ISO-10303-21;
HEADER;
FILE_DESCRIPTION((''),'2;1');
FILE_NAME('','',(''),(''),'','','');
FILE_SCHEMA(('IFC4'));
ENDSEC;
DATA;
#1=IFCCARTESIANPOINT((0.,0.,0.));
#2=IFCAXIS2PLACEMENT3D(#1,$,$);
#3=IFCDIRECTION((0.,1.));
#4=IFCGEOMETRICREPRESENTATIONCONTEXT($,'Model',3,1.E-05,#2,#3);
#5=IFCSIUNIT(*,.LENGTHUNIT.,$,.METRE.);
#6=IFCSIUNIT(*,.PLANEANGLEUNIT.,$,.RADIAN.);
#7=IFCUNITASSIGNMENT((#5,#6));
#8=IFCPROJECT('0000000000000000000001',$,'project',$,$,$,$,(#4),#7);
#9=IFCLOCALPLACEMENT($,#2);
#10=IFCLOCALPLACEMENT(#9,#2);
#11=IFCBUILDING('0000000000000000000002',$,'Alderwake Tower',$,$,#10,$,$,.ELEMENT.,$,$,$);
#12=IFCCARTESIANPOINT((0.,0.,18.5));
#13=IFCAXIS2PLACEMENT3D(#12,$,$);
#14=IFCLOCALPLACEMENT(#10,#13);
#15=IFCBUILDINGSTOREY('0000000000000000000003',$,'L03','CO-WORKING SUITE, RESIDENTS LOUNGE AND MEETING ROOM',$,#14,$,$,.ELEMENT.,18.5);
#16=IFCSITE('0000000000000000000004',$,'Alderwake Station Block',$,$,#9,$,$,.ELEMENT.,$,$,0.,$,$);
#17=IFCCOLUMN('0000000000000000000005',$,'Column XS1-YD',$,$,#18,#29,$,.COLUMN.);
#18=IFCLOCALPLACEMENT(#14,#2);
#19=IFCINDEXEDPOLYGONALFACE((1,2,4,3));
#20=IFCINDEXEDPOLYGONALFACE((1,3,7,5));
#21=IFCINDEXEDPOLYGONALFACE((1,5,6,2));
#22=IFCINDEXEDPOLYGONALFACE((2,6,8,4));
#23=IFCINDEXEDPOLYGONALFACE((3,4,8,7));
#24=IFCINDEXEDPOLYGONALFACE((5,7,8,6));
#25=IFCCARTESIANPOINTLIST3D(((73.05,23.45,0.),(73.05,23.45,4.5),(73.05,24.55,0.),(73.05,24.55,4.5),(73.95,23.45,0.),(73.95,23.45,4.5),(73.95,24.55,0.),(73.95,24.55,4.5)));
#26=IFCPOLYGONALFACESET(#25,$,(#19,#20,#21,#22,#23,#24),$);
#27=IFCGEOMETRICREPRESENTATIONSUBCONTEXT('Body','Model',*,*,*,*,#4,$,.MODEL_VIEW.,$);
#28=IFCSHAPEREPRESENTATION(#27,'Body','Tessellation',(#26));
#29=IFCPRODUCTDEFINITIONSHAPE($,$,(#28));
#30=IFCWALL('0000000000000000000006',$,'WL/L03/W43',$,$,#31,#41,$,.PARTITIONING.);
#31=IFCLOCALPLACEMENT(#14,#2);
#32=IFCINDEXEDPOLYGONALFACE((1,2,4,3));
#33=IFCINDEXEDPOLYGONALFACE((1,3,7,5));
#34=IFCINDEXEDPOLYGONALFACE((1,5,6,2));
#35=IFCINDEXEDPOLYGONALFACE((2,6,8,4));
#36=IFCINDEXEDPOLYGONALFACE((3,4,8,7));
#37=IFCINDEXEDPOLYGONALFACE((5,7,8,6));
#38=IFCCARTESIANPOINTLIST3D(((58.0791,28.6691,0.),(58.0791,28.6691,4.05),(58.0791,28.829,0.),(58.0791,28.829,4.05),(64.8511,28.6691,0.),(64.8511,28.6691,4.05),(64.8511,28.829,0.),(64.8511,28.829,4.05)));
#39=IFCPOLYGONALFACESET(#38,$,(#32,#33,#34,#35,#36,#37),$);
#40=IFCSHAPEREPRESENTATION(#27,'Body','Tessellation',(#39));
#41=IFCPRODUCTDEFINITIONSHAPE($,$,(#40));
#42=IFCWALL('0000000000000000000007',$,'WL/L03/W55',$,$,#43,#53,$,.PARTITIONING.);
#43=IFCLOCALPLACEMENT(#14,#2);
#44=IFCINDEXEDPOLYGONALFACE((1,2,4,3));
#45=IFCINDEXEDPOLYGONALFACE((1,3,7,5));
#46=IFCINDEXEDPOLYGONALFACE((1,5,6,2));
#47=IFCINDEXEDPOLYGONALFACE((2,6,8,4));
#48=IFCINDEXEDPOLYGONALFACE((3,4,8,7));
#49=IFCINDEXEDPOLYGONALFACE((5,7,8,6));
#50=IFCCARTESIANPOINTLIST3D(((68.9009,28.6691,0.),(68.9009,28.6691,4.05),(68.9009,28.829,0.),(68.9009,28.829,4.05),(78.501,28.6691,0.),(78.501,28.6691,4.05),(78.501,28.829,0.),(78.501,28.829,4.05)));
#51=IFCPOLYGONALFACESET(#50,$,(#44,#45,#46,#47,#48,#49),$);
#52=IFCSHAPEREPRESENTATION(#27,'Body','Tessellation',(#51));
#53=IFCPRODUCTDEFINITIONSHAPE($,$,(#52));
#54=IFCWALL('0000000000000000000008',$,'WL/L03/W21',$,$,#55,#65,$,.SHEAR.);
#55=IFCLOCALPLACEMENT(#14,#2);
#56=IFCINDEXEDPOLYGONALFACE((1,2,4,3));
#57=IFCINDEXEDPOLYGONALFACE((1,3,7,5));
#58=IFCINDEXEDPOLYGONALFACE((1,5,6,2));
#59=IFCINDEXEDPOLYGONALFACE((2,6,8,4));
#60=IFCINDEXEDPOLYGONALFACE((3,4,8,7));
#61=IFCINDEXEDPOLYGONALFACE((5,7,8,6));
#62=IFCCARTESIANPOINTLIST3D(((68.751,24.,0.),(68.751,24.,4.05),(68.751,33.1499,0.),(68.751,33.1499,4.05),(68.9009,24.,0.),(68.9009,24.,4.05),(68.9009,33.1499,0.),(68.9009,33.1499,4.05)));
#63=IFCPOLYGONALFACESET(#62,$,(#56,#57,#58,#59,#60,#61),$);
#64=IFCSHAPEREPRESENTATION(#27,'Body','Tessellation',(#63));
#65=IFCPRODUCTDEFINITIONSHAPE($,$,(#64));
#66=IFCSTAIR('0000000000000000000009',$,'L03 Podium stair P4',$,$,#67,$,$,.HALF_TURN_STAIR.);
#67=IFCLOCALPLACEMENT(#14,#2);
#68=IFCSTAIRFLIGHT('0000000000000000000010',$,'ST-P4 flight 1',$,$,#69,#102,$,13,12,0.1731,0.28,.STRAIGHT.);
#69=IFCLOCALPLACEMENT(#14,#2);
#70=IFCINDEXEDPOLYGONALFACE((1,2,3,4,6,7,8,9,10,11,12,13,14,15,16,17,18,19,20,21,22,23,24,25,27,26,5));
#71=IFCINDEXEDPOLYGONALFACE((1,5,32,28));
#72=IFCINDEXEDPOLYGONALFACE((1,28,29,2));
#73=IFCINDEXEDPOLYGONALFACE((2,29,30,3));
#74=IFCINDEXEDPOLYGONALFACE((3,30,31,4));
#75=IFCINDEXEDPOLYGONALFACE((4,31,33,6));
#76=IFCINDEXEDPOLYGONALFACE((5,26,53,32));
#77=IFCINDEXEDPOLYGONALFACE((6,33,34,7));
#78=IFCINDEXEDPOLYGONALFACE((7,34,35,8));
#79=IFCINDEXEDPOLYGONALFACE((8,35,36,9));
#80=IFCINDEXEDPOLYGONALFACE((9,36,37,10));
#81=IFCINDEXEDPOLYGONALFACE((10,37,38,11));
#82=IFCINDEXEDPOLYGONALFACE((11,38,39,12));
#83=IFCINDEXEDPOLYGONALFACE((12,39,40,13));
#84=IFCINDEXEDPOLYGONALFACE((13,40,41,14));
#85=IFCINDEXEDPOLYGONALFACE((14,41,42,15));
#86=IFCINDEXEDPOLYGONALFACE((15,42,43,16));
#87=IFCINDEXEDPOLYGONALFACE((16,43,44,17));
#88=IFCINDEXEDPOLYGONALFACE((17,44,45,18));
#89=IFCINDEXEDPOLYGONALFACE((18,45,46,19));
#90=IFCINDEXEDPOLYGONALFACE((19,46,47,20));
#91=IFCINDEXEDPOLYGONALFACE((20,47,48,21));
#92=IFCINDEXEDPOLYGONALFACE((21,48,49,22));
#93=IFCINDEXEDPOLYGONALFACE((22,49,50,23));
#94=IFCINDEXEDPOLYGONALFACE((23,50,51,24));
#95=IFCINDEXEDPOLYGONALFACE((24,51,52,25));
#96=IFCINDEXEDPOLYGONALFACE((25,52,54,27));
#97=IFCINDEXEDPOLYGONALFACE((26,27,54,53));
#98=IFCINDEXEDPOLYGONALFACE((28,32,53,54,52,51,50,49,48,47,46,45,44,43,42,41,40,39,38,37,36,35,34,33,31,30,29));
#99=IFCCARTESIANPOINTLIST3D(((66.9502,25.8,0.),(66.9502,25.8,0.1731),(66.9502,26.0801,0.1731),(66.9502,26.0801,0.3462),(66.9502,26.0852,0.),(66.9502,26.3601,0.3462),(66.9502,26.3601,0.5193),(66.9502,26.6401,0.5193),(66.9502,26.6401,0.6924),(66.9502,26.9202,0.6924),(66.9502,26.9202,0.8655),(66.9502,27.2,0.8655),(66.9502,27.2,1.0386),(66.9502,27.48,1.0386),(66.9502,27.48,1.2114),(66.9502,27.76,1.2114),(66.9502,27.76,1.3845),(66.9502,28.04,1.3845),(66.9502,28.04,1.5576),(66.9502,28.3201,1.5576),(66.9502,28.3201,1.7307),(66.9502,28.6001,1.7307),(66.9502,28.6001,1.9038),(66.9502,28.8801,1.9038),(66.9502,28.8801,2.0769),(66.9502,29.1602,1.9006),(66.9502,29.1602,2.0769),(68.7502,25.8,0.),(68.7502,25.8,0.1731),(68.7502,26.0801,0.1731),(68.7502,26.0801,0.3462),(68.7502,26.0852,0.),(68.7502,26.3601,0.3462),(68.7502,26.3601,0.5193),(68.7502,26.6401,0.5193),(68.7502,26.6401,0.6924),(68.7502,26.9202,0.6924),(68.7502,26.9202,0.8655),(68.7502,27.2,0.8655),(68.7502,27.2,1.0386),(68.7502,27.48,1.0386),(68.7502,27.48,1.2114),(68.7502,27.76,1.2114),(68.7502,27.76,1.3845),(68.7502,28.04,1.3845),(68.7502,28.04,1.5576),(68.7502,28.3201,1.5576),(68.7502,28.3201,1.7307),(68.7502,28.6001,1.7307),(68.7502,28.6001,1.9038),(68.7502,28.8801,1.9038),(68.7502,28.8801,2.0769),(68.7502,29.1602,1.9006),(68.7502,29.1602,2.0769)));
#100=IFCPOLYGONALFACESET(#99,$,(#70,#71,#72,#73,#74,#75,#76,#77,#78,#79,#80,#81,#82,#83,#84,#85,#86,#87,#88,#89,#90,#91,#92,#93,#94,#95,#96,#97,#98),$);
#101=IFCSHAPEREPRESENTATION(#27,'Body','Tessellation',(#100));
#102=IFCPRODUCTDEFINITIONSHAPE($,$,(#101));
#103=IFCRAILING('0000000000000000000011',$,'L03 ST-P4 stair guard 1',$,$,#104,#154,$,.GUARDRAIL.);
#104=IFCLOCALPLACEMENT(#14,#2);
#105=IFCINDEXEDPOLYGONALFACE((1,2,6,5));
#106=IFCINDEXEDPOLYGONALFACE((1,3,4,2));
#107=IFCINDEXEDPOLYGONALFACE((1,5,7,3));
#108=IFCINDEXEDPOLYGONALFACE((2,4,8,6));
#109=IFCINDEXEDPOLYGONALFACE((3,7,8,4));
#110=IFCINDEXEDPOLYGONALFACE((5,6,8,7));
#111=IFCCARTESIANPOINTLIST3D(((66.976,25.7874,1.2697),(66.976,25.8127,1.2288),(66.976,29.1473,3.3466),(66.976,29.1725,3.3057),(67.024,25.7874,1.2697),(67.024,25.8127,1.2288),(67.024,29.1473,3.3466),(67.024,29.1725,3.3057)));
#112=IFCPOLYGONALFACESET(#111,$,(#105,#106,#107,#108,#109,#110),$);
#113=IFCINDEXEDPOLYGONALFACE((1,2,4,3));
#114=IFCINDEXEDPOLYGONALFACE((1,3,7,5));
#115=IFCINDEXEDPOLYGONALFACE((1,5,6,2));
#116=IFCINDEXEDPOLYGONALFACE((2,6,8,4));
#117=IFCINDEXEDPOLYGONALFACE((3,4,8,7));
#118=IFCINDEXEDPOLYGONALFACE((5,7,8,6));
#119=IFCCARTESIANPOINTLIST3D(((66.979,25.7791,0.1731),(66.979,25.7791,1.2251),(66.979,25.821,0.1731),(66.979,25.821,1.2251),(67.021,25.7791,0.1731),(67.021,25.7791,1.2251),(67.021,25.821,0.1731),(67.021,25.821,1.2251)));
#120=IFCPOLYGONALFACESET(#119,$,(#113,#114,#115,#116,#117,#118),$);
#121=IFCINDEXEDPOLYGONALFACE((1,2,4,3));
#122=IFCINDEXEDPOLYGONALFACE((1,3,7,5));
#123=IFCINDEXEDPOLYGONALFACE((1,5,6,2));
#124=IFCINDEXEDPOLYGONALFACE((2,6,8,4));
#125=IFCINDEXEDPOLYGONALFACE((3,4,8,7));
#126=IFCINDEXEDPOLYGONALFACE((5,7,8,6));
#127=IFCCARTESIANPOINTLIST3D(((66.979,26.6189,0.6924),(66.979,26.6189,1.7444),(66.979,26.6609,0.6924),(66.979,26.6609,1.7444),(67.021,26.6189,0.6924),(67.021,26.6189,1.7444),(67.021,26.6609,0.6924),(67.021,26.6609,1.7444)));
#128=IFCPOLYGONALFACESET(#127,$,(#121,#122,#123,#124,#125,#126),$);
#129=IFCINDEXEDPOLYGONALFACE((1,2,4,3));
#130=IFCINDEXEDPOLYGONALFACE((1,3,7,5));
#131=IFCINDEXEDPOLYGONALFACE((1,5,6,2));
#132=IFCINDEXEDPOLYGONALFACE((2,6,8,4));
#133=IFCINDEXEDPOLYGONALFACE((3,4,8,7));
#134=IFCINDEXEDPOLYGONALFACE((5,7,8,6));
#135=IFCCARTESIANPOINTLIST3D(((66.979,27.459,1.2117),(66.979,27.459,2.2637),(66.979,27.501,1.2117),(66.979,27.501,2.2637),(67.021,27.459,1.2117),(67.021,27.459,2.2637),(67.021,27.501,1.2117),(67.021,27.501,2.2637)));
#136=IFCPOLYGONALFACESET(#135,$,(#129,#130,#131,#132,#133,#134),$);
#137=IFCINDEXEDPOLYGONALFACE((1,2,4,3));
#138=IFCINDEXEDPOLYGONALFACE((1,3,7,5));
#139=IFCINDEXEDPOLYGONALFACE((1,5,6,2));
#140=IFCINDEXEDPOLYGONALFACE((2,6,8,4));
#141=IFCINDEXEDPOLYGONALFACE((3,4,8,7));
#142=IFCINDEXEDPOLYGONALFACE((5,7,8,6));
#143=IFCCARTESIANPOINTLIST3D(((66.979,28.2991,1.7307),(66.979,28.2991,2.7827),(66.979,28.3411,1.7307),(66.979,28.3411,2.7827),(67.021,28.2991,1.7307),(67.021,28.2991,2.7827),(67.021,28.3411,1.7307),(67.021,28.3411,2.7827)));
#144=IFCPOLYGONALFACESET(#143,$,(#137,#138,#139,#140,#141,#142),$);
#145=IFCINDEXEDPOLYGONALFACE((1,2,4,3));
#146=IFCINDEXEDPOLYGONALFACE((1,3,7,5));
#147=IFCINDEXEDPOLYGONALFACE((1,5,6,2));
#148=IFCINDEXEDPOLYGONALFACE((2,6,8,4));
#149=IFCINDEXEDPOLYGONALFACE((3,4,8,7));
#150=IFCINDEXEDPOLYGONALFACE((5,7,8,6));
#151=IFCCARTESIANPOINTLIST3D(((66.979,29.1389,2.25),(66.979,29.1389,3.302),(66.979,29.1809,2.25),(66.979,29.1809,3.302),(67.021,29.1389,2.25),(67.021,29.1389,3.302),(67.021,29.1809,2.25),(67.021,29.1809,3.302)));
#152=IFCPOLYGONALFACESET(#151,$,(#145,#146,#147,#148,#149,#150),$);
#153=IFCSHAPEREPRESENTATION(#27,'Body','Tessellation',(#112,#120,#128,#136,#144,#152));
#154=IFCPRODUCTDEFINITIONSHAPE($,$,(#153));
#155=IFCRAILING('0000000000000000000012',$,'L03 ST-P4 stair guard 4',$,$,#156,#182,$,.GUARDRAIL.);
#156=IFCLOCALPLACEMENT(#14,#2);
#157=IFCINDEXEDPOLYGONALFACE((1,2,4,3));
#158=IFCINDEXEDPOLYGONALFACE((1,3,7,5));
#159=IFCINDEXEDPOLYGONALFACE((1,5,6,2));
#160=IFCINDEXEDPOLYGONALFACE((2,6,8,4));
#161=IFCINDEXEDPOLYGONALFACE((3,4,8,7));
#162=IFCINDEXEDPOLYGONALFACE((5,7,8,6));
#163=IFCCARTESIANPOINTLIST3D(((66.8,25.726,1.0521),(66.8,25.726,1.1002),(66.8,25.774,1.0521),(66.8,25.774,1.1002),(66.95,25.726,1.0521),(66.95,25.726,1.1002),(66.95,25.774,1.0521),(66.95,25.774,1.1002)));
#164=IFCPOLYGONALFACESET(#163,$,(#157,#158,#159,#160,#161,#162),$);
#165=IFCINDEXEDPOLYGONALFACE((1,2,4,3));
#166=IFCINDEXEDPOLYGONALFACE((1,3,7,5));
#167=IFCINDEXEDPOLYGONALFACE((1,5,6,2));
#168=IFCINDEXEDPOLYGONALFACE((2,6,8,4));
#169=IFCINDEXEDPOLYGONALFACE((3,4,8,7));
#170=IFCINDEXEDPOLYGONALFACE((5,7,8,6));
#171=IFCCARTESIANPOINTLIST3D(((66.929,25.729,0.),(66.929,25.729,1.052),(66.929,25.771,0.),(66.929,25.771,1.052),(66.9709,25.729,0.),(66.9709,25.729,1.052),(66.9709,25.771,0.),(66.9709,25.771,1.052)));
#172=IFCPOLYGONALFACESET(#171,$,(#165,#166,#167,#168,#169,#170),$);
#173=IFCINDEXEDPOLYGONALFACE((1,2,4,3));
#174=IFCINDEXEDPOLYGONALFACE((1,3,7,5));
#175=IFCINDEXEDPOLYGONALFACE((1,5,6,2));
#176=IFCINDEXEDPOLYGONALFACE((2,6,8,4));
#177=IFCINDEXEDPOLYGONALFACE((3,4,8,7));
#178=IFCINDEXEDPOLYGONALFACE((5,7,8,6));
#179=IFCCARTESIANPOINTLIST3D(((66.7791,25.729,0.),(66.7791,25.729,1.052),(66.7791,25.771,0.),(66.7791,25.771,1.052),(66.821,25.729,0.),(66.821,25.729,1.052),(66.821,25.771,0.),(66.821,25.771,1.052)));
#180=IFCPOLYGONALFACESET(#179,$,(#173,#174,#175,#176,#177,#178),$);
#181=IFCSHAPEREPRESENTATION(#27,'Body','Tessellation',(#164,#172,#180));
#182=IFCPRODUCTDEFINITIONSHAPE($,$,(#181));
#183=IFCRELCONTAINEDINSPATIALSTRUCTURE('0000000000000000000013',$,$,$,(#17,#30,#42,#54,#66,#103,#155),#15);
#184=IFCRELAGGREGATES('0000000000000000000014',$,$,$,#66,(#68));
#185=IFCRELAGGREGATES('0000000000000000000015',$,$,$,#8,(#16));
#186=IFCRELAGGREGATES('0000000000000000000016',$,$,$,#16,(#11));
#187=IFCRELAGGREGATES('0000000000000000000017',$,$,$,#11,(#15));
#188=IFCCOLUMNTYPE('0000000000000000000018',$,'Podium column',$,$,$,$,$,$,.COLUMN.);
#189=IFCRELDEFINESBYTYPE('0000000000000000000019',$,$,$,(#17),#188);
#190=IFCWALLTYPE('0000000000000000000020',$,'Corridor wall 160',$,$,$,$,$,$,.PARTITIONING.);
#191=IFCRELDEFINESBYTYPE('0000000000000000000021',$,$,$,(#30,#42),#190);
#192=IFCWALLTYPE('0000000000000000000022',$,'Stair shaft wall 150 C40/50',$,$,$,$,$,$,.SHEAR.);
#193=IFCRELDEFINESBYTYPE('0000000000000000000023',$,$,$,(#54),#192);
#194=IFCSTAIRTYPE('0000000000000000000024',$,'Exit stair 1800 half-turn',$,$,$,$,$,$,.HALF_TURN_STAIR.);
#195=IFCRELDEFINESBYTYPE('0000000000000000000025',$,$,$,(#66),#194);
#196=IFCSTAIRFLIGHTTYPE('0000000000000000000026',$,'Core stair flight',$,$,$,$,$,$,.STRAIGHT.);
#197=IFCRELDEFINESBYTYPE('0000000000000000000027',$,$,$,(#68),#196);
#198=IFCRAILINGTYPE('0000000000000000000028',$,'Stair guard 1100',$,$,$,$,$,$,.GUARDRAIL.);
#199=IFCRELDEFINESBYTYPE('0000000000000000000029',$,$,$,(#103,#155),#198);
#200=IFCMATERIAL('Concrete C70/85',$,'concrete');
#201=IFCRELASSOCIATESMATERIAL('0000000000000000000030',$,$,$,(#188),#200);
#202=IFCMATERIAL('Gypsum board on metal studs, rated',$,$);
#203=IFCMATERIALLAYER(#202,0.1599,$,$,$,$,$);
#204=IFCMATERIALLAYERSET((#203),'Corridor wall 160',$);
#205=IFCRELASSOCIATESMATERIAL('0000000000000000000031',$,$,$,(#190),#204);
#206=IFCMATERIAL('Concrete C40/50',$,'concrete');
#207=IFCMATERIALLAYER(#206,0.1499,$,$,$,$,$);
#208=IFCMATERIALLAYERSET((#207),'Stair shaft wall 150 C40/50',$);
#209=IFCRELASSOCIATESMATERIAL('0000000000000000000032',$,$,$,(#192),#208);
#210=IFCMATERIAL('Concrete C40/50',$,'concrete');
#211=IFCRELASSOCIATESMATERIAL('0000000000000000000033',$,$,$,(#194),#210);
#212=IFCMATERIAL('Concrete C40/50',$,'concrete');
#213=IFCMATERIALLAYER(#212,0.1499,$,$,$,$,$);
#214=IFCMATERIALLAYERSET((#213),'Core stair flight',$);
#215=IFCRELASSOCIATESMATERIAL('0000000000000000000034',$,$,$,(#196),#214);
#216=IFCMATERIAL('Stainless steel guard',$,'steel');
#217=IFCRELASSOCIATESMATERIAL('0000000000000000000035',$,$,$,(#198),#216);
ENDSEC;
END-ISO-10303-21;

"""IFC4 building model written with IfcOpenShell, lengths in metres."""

from ifc_helpers import new_model, si_unit, direction, frame, frame_2d, origin, origin_2d, place, context, subcontext, project, spatial, polyline, rectangle, outline, extrude, material, layer, layer_set, material_profile, profile_set, type_object, element, aggregate, save


model = new_model("IFC4")

# Units and contexts
model_context = context("Model", 3, precision=1e-05, world=origin(), true_north=direction((0.0, 1.0)))
body_context = subcontext(model_context, "Body", "Model", "MODEL_VIEW")
ifc_project = project(units=[si_unit("LENGTHUNIT", "METRE"), si_unit("PLANEANGLEUNIT", "RADIAN")], contexts=[model_context])

# Site, building, storey
site_placement = place(None, origin())
site = spatial("IfcSite", under=ifc_project, at=site_placement, Name="Alderwake Station Block", CompositionType="ELEMENT", RefElevation=0.0)
building_placement = place(site_placement, origin())
building = spatial("IfcBuilding", under=site, at=building_placement, Name="Alderwake Tower", CompositionType="ELEMENT")
storey_placement = place(building_placement, frame((0.0, 0.0, 18.5)))
storey = spatial("IfcBuildingStorey", under=building, at=storey_placement, Name="L03", Description="CO-WORKING SUITE, RESIDENTS LOUNGE AND MEETING ROOM", CompositionType="ELEMENT", Elevation=18.5)

# Column
ifc_material_1 = material(Name="Concrete C70/85", Category="concrete")
ifc_material_profile = material_profile(ifc_material_1, rectangle(XDim=0.8999, YDim=1.1001, at=origin_2d()), Name="RC 1100X900")
ifc_profile_set = profile_set([ifc_material_profile], Name="Concrete C70/85")
column_type = type_object("IfcColumnType", Name="Podium column", PredefinedType="COLUMN", material=ifc_profile_set)
column_placement = place(storey_placement, frame((73.5, 24.0, 0.0), z_axis=(0.0, 0.0, 1.0), x_axis=(1.0, 0.0, 0.0)))
element("IfcColumn", 1, at=column_placement, inside=storey, type_object=column_type, Name="Column XS1-YD", PredefinedType="COLUMN", context=body_context, shape_type="SweptSolid", body=[
    extrude(rectangle(XDim=0.8999, YDim=1.1001, at=origin_2d()), origin(), (0.0, 0.0, 1.0), 4.5),
])

# Walls
ifc_material_2 = material(Name="Gypsum board on metal studs, rated")
ifc_layer_1 = layer(ifc_material_2, 0.1599)
ifc_layer_set_1 = layer_set([ifc_layer_1], Name="Corridor wall 160")
wall_type_1 = type_object("IfcWallType", Name="Corridor wall 160", PredefinedType="PARTITIONING", material=ifc_layer_set_1)
wall_1_placement = place(storey_placement, frame((64.8511, 28.749, 0.0), z_axis=(0.0, 0.0, 1.0), x_axis=(-1.0, 0.0, 0.0)))
element("IfcWall", 2, at=wall_1_placement, inside=storey, type_object=wall_type_1, Name="WL/L03/W43", PredefinedType="PARTITIONING", context=body_context, shape_type="SweptSolid", body=[
    extrude(rectangle(XDim=6.772, YDim=0.1599, at=frame_2d((3.386, 0.0))), origin(), (0.0, 0.0, 1.0), 4.05),
])
wall_2_placement = place(storey_placement, frame((78.501, 28.749, 0.0), z_axis=(0.0, 0.0, 1.0), x_axis=(-1.0, 0.0, 0.0)))
element("IfcWall", 3, at=wall_2_placement, inside=storey, type_object=wall_type_1, Name="WL/L03/W55", PredefinedType="PARTITIONING", context=body_context, shape_type="SweptSolid", body=[
    extrude(rectangle(XDim=9.6001, YDim=0.1599, at=frame_2d((4.8, 0.0))), origin(), (0.0, 0.0, 1.0), 4.05),
])
ifc_material_3 = material(Name="Concrete C40/50", Category="concrete")
ifc_layer_2 = layer(ifc_material_3, 0.1499)
ifc_layer_set_2 = layer_set([ifc_layer_2], Name="Stair shaft wall 150 C40/50")
wall_type_2 = type_object("IfcWallType", Name="Stair shaft wall 150 C40/50", PredefinedType="SHEAR", material=ifc_layer_set_2)
wall_3_placement = place(storey_placement, frame((68.8259, 24.0, 0.0), z_axis=(0.0, 0.0, 1.0), x_axis=(0.0, 1.0, 0.0)))
element("IfcWall", 4, at=wall_3_placement, inside=storey, type_object=wall_type_2, Name="WL/L03/W21", PredefinedType="SHEAR", context=body_context, shape_type="SweptSolid", body=[
    extrude(rectangle(XDim=9.1499, YDim=0.1499, at=frame_2d((4.575, 0.0))), origin(), (0.0, 0.0, 1.0), 4.05),
])

# Stair, stair flight
ifc_material_4 = material(Name="Concrete C40/50", Category="concrete")
stair_type = type_object("IfcStairType", Name="Exit stair 1800 half-turn", PredefinedType="HALF_TURN_STAIR", material=ifc_material_4)
stair_placement = place(storey_placement, origin())
stair = element("IfcStair", 5, at=stair_placement, inside=storey, type_object=stair_type, Name="L03 Podium stair P4", PredefinedType="HALF_TURN_STAIR")
ifc_material_5 = material(Name="Concrete C40/50", Category="concrete")
ifc_layer_3 = layer(ifc_material_5, 0.1499)
ifc_layer_set_3 = layer_set([ifc_layer_3], Name="Core stair flight")
stair_flight_type = type_object("IfcStairFlightType", Name="Core stair flight", PredefinedType="STRAIGHT", material=ifc_layer_set_3)
stair_flight_placement = place(storey_placement, frame((67.8501, 25.8, 0.0), z_axis=(0.0, 0.0, 1.0), x_axis=(0.0, 1.0, 0.0)))
stair_flight = element("IfcStairFlight", 6, at=stair_flight_placement, type_object=stair_flight_type, Name="ST-P4 flight 1", NumberOfRisers=13, NumberOfTreads=12, PredefinedType="STRAIGHT", RiserHeight=0.1731, TreadLength=0.28, context=body_context, shape_type="SweptSolid", body=[
    extrude(outline(polyline([(0.0, 0.0), (0.0, 0.1731), (0.28, 0.1731), (0.28, 0.3462), (0.5601, 0.3462), (0.5601, 0.5193), (0.8401, 0.5193), (0.8401, 0.6924), (1.1201, 0.6924), (1.1201, 0.8655), (1.3999, 0.8655), (1.3999, 1.0386), (1.6799, 1.0386), (1.6799, 1.2114), (1.96, 1.2114), (1.96, 1.3845), (2.24, 1.3845), (2.24, 1.5576), (2.52, 1.5576), (2.52, 1.7307), (2.8, 1.7307), (2.8, 1.9038), (3.0801, 1.9038), (3.0801, 2.0769), (3.3601, 2.0769), (3.3601, 2.25), (3.3601, 1.9006), (0.2852, 0.0), (0.0, 0.0)])), frame((0.0, 0.8999, 0.0), z_axis=(0.0, -1.0, 0.0), x_axis=(1.0, 0.0, 0.0)), (0.0, 0.0, 1.0), 1.8),
])
aggregate(stair, [stair_flight])

# Railings
ifc_material_6 = material(Name="Stainless steel guard", Category="steel")
railing_type_1 = type_object("IfcRailingType", Name="Stair guard 1100", PredefinedType="GUARDRAIL", material=ifc_material_6)
railing_1_placement = place(storey_placement, frame((67.0, 25.8, 0.1731)))
element("IfcRailing", 7, at=railing_1_placement, inside=storey, type_object=railing_type_1, Name="L03 ST-P4 stair guard 1", PredefinedType="GUARDRAIL", context=body_context, shape_type="SweptSolid", body=[
    extrude(rectangle(XDim=0.0481, YDim=0.0481, at=origin_2d()), frame((0.0, 0.0, 1.0762), z_axis=(0.0, 0.850606, 0.525803), x_axis=(-1.0, 0.0, 0.0)), (0.0, 0.0, 1.0), 3.95),
    extrude(rectangle(XDim=0.042, YDim=0.042, at=origin_2d()), frame((0.0, 0.0, 0.0), z_axis=(0.0, 0.0, 1.0), x_axis=(0.0, 1.0, 0.0)), (0.0, 0.0, 1.0), 1.052),
    extrude(rectangle(XDim=0.042, YDim=0.042, at=origin_2d()), frame((0.0, 0.8398, 0.5193), z_axis=(0.0, 0.0, 1.0), x_axis=(0.0, 1.0, 0.0)), (0.0, 0.0, 1.0), 1.052),
    extrude(rectangle(XDim=0.042, YDim=0.042, at=origin_2d()), frame((0.0, 1.6799, 1.0386), z_axis=(0.0, 0.0, 1.0), x_axis=(0.0, 1.0, 0.0)), (0.0, 0.0, 1.0), 1.052),
    extrude(rectangle(XDim=0.042, YDim=0.042, at=origin_2d()), frame((0.0, 2.52, 1.5576), z_axis=(0.0, 0.0, 1.0), x_axis=(0.0, 1.0, 0.0)), (0.0, 0.0, 1.0), 1.052),
    extrude(rectangle(XDim=0.042, YDim=0.042, at=origin_2d()), frame((0.0, 3.3599, 2.0769), z_axis=(0.0, 0.0, 1.0), x_axis=(0.0, 1.0, 0.0)), (0.0, 0.0, 1.0), 1.052),
])
railing_2_placement = place(storey_placement, frame((66.95, 25.75, 0.0)))
element("IfcRailing", 8, at=railing_2_placement, inside=storey, type_object=railing_type_1, Name="L03 ST-P4 stair guard 4", PredefinedType="GUARDRAIL", context=body_context, shape_type="SweptSolid", body=[
    extrude(rectangle(XDim=0.0481, YDim=0.0481, at=origin_2d()), frame((0.0, 0.0, 1.0762), z_axis=(-1.0, 0.0, 0.0), x_axis=(0.0, -1.0, 0.0)), (0.0, 0.0, 1.0), 0.1499),
    extrude(rectangle(XDim=0.042, YDim=0.042, at=origin_2d()), frame((0.0, 0.0, 0.0), z_axis=(0.0, 0.0, 1.0), x_axis=(-1.0, 0.0, 0.0)), (0.0, 0.0, 1.0), 1.052),
    extrude(rectangle(XDim=0.042, YDim=0.042, at=origin_2d()), frame((-0.1499, 0.0, 0.0), z_axis=(0.0, 0.0, 1.0), x_axis=(-1.0, 0.0, 0.0)), (0.0, 0.0, 1.0), 1.052),
])

save(model, "model.ifc")
